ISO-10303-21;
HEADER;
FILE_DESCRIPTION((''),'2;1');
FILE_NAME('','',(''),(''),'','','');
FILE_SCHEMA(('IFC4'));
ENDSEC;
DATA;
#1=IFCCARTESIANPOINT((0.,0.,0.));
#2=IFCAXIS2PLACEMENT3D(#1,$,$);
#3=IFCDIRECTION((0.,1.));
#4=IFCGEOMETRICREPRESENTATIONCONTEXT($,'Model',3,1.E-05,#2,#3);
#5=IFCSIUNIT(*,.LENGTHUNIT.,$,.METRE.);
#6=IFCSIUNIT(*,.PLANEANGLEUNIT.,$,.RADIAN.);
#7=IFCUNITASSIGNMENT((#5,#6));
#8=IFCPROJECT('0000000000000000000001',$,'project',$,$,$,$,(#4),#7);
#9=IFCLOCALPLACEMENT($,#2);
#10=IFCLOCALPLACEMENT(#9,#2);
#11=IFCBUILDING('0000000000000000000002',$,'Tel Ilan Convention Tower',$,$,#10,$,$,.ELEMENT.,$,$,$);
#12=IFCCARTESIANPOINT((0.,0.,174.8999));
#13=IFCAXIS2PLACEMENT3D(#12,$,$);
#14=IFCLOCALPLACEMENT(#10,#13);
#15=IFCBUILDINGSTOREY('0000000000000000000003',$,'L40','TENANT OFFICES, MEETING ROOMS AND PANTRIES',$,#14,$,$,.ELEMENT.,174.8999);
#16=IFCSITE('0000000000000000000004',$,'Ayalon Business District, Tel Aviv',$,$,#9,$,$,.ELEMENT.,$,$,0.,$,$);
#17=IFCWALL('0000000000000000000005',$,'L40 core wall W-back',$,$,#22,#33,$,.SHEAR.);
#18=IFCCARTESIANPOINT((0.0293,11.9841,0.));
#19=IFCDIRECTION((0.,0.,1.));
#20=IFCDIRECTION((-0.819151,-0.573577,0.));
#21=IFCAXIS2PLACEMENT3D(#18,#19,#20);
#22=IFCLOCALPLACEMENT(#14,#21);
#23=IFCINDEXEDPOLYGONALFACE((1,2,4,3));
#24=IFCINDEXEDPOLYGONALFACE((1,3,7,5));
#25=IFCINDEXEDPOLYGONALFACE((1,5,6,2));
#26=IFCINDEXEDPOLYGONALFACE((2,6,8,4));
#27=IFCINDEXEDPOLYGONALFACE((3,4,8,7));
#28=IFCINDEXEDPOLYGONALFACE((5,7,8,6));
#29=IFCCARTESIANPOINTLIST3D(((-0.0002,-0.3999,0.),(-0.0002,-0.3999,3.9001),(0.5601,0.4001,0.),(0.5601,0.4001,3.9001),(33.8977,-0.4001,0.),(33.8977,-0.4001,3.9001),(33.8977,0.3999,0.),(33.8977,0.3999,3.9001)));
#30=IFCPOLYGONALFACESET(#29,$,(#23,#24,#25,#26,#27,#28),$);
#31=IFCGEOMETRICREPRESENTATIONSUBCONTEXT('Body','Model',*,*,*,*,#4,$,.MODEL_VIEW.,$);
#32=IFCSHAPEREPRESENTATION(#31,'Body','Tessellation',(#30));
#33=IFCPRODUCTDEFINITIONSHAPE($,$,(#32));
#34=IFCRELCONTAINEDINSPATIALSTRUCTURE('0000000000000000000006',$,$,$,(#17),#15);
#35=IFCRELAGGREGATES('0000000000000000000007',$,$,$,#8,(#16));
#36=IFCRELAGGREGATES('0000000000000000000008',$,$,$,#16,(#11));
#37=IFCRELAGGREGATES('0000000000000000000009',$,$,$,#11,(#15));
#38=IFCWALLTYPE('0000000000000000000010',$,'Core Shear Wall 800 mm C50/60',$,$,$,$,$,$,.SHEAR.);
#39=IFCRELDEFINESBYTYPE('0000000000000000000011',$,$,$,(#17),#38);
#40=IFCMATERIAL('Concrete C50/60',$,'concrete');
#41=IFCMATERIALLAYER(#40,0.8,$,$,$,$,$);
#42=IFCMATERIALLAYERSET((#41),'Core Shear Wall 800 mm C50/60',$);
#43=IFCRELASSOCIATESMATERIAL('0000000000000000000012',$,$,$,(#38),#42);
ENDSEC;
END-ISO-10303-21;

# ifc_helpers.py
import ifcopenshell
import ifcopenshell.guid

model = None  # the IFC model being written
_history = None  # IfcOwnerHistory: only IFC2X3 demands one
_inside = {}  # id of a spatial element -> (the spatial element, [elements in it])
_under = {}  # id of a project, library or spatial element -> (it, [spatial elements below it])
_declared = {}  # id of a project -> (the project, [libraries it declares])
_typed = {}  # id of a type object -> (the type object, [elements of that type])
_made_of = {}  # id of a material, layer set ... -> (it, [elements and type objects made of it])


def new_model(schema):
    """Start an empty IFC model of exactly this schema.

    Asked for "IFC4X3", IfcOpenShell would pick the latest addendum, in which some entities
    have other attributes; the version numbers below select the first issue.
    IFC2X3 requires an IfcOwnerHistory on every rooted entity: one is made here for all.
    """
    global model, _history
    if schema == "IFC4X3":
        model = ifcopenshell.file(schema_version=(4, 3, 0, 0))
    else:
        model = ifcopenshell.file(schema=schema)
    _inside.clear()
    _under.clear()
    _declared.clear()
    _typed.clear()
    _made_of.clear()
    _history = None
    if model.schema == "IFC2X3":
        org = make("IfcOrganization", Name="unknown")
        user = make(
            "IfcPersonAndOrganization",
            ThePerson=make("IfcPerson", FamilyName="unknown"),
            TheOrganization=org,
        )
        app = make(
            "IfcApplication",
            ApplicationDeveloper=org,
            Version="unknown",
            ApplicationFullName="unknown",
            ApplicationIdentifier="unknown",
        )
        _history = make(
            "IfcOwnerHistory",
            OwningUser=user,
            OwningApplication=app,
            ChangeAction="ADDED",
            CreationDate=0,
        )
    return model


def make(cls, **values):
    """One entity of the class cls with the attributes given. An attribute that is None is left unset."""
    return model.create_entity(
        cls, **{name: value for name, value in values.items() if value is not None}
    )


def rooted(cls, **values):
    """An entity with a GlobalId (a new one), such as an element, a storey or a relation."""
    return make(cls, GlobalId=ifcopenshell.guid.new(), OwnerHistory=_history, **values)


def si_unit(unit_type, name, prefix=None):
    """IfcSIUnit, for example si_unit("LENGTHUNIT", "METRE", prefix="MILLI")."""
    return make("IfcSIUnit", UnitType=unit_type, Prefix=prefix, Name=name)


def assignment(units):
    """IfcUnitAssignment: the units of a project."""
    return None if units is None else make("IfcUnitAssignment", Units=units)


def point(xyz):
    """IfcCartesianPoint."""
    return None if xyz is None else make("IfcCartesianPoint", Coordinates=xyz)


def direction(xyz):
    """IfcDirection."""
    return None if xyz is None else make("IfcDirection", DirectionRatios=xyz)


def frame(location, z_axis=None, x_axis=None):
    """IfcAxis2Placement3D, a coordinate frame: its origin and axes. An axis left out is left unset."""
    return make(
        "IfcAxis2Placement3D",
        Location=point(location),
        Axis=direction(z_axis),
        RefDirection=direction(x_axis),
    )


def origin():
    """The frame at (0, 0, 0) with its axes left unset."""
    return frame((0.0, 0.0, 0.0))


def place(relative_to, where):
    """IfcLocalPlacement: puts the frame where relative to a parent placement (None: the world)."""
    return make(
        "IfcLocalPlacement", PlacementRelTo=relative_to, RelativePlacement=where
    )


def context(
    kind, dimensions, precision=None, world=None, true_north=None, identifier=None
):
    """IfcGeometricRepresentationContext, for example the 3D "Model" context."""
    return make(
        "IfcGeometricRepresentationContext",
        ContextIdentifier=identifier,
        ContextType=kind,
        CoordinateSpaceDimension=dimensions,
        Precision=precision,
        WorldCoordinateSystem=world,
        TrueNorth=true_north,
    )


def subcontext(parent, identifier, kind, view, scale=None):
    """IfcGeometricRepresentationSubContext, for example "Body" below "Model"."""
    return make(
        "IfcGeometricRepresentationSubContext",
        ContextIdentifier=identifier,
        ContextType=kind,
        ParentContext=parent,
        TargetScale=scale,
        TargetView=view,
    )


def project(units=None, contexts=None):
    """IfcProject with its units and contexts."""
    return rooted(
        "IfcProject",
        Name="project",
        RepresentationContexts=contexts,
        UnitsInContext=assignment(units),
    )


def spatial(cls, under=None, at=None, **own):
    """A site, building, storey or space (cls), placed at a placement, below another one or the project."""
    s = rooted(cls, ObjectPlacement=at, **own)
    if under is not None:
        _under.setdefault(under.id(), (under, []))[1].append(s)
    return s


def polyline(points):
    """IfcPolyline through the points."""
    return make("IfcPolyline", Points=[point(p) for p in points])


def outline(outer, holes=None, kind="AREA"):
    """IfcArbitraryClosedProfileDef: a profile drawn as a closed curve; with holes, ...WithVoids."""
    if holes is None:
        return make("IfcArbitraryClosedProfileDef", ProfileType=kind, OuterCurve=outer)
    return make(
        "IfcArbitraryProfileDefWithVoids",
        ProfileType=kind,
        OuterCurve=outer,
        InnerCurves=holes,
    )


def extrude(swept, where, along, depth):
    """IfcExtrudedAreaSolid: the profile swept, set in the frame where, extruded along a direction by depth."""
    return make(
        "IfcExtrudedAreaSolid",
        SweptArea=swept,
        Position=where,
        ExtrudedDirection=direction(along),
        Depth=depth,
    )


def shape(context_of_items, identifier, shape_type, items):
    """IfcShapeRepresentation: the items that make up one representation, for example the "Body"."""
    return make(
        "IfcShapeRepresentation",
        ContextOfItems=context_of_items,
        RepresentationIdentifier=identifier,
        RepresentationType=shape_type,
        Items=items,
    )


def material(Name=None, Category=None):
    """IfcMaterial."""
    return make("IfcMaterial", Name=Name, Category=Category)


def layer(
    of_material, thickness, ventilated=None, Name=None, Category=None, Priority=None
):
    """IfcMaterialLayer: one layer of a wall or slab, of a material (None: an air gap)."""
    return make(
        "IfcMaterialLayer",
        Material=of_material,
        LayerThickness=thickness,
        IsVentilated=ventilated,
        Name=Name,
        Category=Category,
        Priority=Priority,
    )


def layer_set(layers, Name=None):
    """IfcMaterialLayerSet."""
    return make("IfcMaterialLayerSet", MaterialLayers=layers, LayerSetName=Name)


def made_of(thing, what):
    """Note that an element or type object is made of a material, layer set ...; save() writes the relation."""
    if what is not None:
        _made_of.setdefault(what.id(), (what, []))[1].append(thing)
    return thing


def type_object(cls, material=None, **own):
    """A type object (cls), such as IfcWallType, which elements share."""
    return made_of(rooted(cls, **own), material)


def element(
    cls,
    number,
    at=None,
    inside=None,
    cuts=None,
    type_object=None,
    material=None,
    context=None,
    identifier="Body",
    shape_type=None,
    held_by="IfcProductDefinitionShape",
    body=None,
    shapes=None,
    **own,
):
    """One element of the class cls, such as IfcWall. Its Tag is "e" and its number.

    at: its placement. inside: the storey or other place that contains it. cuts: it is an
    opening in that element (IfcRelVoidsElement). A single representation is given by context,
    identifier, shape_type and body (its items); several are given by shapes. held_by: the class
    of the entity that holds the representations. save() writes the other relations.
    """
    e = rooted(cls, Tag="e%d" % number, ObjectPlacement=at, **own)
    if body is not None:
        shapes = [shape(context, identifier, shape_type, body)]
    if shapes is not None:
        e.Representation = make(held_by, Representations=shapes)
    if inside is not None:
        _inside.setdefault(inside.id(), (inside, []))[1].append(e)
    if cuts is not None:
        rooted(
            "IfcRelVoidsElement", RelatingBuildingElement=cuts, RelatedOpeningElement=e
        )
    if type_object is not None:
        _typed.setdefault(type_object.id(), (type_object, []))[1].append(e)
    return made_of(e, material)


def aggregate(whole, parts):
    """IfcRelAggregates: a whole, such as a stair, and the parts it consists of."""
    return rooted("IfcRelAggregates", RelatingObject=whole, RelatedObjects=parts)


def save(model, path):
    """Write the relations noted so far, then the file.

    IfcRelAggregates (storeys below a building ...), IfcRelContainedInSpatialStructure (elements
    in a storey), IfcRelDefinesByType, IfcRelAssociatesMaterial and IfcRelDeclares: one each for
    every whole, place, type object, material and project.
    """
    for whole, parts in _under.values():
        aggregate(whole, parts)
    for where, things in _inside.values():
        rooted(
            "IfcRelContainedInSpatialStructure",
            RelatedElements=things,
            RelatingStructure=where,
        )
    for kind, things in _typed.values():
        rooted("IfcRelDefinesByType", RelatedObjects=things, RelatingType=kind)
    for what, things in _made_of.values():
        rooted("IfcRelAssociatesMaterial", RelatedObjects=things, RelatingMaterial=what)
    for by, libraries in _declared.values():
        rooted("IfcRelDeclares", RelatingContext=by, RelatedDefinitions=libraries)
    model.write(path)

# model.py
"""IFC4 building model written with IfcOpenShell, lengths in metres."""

from ifc_helpers import new_model, si_unit, direction, frame, origin, place, context, subcontext, project, spatial, polyline, outline, extrude, material, layer, layer_set, type_object, element, save


model = new_model("IFC4")

# Units and contexts
model_context = context("Model", 3, precision=1e-05, world=origin(), true_north=direction((0.0, 1.0)))
body_context = subcontext(model_context, "Body", "Model", "MODEL_VIEW")
ifc_project = project(units=[si_unit("LENGTHUNIT", "METRE"), si_unit("PLANEANGLEUNIT", "RADIAN")], contexts=[model_context])

# Site, building, storey
site_placement = place(None, origin())
site = spatial("IfcSite", under=ifc_project, at=site_placement, Name="Ayalon Business District, Tel Aviv", CompositionType="ELEMENT", RefElevation=0.0)
building_placement = place(site_placement, origin())
building = spatial("IfcBuilding", under=site, at=building_placement, Name="Tel Ilan Convention Tower", CompositionType="ELEMENT")
storey_placement = place(building_placement, frame((0.0, 0.0, 174.8999)))
storey = spatial("IfcBuildingStorey", under=building, at=storey_placement, Name="L40", Description="TENANT OFFICES, MEETING ROOMS AND PANTRIES", CompositionType="ELEMENT", Elevation=174.8999)

# Wall
ifc_material_1 = material(Name="Concrete C50/60", Category="concrete")
ifc_layer_1 = layer(ifc_material_1, 0.8)
ifc_layer_set_1 = layer_set([ifc_layer_1], Name="Core Shear Wall 800 mm C50/60")
wall_type_1 = type_object("IfcWallType", Name="Core Shear Wall 800 mm C50/60", PredefinedType="SHEAR", material=ifc_layer_set_1)
wall_1_placement = place(storey_placement, frame((0.0293, 11.9841, 0.0), z_axis=(0.0, 0.0, 1.0), x_axis=(-0.819151, -0.573577, 0.0)))
element("IfcWall", 1, at=wall_1_placement, inside=storey, type_object=wall_type_1, Name="L40 core wall W-back", PredefinedType="SHEAR", context=body_context, shape_type="SweptSolid", body=[
    extrude(outline(polyline([(33.8977, 0.3999), (0.5601, 0.4001), (-0.0002, -0.3999), (33.8977, -0.4001), (33.8977, 0.3999)])), origin(), (0.0, 0.0, 1.0), 3.9001),
])

save(model, "model.ifc")
